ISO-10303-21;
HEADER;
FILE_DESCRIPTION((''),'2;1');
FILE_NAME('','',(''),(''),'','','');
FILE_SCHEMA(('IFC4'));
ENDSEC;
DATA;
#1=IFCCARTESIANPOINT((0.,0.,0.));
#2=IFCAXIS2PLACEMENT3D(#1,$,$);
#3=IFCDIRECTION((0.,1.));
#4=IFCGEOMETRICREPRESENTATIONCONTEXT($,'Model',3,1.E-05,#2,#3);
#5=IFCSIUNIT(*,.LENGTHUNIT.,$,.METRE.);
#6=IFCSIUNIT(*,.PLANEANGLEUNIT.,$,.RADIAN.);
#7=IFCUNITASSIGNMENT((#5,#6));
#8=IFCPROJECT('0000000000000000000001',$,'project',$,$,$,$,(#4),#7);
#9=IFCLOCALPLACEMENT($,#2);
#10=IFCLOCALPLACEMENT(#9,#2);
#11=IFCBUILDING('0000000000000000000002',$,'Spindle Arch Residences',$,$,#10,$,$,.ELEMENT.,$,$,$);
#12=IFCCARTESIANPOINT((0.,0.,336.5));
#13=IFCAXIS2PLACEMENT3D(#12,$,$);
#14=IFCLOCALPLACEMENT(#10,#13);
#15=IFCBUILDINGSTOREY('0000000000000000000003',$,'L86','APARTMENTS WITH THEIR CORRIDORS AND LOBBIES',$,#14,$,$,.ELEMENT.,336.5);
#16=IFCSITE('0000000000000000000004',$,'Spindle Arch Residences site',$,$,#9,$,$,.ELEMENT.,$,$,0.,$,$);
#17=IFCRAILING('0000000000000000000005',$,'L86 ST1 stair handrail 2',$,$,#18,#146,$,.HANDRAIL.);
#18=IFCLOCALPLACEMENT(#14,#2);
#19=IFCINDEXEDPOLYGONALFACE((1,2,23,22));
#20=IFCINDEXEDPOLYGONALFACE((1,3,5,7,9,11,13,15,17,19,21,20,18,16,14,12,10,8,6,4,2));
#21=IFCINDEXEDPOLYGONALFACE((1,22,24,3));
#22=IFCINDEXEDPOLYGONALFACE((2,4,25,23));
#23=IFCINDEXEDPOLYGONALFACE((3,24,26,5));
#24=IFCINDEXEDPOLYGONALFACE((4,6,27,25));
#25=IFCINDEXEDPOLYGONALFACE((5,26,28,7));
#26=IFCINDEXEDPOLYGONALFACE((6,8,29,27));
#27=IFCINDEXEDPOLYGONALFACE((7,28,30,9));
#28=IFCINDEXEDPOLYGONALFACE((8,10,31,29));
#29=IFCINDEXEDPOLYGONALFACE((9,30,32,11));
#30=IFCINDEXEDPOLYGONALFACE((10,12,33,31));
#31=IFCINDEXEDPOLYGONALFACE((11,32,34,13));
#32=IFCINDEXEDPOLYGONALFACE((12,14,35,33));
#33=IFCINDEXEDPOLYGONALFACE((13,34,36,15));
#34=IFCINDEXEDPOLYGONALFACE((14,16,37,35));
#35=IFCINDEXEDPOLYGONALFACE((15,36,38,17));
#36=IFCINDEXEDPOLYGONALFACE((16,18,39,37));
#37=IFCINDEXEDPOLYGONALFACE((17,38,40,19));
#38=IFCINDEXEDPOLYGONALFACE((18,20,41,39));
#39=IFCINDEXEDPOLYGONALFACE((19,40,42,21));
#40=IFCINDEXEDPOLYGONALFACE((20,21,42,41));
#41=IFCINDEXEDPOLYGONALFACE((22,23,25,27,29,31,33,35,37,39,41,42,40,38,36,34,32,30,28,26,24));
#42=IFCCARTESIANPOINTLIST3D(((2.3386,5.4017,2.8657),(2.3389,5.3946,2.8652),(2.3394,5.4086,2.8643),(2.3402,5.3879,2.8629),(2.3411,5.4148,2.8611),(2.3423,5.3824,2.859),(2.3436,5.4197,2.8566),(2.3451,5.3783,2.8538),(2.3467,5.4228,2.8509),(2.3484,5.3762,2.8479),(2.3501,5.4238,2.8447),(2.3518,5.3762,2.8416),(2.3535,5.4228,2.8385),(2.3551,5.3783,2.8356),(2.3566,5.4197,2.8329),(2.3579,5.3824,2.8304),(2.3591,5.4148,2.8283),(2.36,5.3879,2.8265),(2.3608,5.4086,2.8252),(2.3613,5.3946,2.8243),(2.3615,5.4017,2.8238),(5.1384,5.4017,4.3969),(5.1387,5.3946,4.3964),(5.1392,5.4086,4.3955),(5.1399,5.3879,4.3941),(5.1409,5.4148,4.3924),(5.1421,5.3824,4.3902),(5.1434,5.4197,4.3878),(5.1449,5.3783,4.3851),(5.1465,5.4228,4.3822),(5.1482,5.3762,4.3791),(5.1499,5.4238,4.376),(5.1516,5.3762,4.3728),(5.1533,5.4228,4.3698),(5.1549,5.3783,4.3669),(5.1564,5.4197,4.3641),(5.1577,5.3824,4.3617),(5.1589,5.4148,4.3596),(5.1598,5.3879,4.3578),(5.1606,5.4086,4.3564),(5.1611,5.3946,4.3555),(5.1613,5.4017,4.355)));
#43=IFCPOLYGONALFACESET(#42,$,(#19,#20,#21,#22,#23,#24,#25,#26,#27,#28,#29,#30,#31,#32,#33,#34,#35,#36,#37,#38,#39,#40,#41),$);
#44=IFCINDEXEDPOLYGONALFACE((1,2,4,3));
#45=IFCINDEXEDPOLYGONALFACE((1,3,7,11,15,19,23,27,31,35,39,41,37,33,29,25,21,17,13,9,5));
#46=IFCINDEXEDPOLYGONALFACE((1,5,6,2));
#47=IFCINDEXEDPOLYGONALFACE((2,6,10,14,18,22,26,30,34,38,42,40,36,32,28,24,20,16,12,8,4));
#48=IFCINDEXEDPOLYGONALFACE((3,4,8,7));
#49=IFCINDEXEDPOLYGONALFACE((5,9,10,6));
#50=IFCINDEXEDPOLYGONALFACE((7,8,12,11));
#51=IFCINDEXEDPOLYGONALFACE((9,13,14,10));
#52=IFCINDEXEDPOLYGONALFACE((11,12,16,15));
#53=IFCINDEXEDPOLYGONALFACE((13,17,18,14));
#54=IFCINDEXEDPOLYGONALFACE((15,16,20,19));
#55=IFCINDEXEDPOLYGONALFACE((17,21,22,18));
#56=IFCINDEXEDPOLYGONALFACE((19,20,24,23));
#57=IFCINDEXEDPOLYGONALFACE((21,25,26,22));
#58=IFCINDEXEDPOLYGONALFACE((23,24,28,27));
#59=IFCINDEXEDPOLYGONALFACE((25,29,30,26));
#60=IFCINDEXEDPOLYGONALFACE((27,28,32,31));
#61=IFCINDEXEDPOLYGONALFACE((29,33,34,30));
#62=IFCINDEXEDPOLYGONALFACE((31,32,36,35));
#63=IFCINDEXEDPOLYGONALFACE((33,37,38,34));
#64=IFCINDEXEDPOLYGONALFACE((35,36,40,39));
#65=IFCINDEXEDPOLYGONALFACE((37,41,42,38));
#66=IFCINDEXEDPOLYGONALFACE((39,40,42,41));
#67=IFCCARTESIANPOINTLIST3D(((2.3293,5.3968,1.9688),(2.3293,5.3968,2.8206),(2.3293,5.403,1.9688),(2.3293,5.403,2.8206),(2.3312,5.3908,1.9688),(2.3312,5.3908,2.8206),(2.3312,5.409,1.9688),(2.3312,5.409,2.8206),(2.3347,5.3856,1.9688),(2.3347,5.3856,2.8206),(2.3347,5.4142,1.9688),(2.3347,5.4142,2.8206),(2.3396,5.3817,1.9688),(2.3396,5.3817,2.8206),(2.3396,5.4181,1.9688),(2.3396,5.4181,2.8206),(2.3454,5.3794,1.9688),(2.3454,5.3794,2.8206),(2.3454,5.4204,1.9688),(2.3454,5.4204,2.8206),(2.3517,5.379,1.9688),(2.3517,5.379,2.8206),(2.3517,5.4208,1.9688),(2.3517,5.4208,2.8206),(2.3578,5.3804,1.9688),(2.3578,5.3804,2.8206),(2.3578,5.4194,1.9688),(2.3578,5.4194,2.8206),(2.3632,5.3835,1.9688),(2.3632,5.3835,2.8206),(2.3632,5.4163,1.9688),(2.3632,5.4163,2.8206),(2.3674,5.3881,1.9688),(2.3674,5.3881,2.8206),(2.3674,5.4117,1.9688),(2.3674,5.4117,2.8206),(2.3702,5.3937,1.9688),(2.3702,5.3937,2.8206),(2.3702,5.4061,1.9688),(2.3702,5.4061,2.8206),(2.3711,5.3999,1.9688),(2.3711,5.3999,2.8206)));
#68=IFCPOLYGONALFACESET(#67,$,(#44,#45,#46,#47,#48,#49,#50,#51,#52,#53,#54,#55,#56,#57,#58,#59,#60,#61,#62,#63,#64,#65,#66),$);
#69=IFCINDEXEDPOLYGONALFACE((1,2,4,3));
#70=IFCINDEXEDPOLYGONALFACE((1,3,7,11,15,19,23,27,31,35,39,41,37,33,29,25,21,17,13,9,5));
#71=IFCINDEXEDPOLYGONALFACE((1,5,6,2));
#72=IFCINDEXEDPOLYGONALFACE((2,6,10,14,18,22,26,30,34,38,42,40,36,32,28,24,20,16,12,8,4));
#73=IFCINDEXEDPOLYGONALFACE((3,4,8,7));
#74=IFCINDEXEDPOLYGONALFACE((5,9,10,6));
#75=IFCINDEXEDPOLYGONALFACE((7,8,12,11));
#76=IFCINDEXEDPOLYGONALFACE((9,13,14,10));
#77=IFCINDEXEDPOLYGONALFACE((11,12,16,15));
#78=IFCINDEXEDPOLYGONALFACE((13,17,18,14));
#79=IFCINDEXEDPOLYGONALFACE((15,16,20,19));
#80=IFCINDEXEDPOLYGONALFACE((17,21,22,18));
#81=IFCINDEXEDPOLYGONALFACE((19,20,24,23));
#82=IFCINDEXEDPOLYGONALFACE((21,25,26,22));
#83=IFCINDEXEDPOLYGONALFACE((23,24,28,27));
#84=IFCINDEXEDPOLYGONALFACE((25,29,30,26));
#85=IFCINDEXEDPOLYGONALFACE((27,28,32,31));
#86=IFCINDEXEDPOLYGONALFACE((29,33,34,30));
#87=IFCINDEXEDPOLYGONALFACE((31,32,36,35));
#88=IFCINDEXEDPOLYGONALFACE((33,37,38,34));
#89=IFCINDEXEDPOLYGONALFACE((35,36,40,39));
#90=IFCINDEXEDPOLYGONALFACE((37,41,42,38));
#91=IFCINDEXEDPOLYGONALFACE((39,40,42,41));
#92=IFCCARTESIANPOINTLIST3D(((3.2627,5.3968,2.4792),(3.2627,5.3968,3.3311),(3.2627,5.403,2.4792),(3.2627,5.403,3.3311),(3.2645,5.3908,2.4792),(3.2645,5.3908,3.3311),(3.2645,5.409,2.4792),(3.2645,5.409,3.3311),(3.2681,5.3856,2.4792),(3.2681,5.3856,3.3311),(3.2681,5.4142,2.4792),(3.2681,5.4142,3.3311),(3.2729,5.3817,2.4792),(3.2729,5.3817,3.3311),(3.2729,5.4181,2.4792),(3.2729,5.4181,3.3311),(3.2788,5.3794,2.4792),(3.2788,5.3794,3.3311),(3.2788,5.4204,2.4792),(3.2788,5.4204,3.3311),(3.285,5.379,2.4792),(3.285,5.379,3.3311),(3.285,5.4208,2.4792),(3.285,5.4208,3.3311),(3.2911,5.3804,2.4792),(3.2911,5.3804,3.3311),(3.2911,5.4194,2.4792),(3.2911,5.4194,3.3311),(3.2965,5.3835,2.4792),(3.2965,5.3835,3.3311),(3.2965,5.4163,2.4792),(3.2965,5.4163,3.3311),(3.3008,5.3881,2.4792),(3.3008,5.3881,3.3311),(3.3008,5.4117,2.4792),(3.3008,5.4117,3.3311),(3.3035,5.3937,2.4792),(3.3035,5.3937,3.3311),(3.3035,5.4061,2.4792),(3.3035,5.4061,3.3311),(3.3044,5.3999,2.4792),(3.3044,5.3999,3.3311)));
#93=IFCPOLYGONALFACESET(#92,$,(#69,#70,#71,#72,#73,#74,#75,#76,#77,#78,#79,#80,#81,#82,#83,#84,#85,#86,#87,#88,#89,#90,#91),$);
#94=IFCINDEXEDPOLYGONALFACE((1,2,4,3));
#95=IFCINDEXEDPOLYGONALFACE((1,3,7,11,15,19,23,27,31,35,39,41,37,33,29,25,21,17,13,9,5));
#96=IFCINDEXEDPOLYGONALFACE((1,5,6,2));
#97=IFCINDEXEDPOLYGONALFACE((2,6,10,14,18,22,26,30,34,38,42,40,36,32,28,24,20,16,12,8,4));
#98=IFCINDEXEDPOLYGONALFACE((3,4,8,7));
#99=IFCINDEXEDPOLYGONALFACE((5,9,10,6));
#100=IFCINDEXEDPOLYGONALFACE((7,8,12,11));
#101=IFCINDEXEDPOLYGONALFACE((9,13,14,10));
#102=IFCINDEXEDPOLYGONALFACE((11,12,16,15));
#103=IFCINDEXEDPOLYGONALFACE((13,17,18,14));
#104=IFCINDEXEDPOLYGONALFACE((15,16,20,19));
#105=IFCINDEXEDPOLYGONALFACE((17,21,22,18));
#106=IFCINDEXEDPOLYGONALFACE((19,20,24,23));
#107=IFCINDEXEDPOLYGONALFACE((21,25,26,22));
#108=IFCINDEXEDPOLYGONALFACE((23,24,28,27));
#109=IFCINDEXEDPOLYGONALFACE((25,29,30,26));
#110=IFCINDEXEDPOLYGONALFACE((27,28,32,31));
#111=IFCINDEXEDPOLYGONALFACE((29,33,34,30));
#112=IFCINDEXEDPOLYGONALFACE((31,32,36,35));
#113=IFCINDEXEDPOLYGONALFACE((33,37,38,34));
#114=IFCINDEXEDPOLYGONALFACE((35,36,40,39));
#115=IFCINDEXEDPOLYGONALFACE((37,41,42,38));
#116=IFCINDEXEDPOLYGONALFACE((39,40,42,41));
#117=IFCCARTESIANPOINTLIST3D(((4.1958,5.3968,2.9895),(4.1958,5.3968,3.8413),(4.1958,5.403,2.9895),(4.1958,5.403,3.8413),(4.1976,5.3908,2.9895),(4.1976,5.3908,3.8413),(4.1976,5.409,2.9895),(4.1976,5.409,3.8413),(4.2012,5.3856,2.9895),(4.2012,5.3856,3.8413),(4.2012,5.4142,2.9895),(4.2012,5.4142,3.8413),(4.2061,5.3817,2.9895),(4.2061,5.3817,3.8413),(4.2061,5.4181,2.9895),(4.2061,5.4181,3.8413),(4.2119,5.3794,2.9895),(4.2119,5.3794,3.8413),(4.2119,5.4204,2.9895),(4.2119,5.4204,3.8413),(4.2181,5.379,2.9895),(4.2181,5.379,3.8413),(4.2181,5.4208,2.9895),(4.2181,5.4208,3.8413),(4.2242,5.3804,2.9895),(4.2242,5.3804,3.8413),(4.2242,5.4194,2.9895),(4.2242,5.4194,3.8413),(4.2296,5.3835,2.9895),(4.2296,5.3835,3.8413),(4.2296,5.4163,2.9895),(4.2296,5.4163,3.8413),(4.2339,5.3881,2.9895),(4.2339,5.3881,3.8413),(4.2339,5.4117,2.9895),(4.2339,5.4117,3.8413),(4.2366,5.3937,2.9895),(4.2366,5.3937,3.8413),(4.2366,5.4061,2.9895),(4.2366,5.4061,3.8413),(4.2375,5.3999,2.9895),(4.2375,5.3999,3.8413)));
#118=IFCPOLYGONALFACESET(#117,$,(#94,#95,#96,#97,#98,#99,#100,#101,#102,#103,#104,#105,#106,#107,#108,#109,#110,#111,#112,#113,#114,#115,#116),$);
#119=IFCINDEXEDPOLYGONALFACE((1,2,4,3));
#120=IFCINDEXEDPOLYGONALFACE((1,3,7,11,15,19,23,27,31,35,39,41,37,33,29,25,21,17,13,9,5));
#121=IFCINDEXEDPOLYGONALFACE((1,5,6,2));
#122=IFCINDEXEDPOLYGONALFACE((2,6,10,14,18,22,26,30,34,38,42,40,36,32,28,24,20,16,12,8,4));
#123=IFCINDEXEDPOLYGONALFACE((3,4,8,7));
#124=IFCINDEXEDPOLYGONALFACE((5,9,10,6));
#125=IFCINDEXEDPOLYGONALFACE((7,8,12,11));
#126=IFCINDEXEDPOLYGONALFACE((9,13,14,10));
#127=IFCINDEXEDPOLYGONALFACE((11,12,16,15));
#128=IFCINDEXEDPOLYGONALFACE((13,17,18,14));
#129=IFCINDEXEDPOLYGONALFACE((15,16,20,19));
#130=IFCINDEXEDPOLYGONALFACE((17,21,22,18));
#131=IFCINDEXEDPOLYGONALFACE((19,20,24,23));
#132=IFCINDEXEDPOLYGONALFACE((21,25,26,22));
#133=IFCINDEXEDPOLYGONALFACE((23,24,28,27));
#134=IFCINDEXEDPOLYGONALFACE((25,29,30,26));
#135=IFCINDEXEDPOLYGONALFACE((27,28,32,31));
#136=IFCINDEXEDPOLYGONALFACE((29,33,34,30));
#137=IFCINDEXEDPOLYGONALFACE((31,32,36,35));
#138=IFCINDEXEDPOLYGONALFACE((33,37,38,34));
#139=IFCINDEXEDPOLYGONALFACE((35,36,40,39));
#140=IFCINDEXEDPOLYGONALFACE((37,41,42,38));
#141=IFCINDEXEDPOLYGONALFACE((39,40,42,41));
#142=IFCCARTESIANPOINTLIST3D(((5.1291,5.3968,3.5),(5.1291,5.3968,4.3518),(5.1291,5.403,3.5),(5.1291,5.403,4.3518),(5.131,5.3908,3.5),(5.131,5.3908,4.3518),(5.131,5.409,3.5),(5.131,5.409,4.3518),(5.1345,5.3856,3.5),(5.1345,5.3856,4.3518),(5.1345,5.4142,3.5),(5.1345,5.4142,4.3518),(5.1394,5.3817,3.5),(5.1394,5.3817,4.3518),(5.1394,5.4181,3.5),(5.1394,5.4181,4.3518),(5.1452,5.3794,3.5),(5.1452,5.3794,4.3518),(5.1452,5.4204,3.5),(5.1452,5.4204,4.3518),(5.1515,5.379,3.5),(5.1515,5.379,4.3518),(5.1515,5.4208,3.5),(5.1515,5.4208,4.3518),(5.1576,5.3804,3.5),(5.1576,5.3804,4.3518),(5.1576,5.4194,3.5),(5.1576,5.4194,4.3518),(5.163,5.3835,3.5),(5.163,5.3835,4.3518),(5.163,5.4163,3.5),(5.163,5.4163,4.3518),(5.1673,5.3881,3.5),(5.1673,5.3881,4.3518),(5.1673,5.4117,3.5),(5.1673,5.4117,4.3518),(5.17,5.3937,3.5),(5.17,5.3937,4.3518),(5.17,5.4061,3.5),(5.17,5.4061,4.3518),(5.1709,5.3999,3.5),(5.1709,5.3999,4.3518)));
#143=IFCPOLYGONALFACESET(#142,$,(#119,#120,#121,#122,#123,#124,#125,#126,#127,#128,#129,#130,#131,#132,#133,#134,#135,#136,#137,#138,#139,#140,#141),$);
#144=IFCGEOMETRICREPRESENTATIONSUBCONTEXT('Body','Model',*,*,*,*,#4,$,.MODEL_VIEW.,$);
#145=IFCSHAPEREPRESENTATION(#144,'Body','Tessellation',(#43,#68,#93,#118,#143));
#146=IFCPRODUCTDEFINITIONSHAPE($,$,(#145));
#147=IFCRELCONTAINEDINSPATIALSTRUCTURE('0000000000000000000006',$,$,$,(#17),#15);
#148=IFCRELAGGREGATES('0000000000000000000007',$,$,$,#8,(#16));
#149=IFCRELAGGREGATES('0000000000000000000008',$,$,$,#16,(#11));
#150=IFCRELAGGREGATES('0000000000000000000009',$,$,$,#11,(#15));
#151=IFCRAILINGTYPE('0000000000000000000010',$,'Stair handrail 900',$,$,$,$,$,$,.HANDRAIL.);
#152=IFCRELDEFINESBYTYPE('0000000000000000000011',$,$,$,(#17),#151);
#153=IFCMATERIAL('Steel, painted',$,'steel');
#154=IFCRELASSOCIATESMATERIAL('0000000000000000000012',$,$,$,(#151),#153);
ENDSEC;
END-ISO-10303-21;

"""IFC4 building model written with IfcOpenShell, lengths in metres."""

from ifc_helpers import new_model, si_unit, direction, frame, origin, origin_2d, place, context, subcontext, project, spatial, circle, extrude, material, type_object, element, save


model = new_model("IFC4")

# Units and contexts
model_context = context("Model", 3, precision=1e-05, world=origin(), true_north=direction((0.0, 1.0)))
body_context = subcontext(model_context, "Body", "Model", "MODEL_VIEW")
ifc_project = project(units=[si_unit("LENGTHUNIT", "METRE"), si_unit("PLANEANGLEUNIT", "RADIAN")], contexts=[model_context])

# Site, building, storey
site_placement = place(None, origin())
site = spatial("IfcSite", under=ifc_project, at=site_placement, Name="Spindle Arch Residences site", CompositionType="ELEMENT", RefElevation=0.0)
building_placement = place(site_placement, origin())
building = spatial("IfcBuilding", under=site, at=building_placement, Name="Spindle Arch Residences", CompositionType="ELEMENT")
storey_placement = place(building_placement, frame((0.0, 0.0, 336.5)))
storey = spatial("IfcBuildingStorey", under=building, at=storey_placement, Name="L86", Description="APARTMENTS WITH THEIR CORRIDORS AND LOBBIES", CompositionType="ELEMENT", Elevation=336.5)

# Railing
ifc_material_1 = material(Name="Steel, painted", Category="steel")
railing_type_1 = type_object("IfcRailingType", Name="Stair handrail 900", PredefinedType="HANDRAIL", material=ifc_material_1)
railing_1_placement = place(storey_placement, frame((2.3501, 5.3999, 1.9688)))
element("IfcRailing", 1, at=railing_1_placement, inside=storey, type_object=railing_type_1, Name="L86 ST1 stair handrail 2", PredefinedType="HANDRAIL", context=body_context, shape_type="SweptSolid", body=[
    extrude(circle(Radius=0.0239, at=origin_2d()), frame((0.0, 0.0, 0.876), z_axis=(0.877357, 0.0, 0.479838), x_axis=(0.0, 1.0, 0.0)), (0.0, 0.0, 1.0), 3.1912),
    extrude(circle(Radius=0.021, at=origin_2d()), origin(), (0.0, 0.0, 1.0), 0.8518),
    extrude(circle(Radius=0.021, at=origin_2d()), frame((0.9333, 0.0, 0.5105)), (0.0, 0.0, 1.0), 0.8518),
    extrude(circle(Radius=0.021, at=origin_2d()), frame((1.8665, 0.0, 1.0208)), (0.0, 0.0, 1.0), 0.8518),
    extrude(circle(Radius=0.021, at=origin_2d()), frame((2.7998, 0.0, 1.5312)), (0.0, 0.0, 1.0), 0.8518),
])

save(model, "model.ifc")
